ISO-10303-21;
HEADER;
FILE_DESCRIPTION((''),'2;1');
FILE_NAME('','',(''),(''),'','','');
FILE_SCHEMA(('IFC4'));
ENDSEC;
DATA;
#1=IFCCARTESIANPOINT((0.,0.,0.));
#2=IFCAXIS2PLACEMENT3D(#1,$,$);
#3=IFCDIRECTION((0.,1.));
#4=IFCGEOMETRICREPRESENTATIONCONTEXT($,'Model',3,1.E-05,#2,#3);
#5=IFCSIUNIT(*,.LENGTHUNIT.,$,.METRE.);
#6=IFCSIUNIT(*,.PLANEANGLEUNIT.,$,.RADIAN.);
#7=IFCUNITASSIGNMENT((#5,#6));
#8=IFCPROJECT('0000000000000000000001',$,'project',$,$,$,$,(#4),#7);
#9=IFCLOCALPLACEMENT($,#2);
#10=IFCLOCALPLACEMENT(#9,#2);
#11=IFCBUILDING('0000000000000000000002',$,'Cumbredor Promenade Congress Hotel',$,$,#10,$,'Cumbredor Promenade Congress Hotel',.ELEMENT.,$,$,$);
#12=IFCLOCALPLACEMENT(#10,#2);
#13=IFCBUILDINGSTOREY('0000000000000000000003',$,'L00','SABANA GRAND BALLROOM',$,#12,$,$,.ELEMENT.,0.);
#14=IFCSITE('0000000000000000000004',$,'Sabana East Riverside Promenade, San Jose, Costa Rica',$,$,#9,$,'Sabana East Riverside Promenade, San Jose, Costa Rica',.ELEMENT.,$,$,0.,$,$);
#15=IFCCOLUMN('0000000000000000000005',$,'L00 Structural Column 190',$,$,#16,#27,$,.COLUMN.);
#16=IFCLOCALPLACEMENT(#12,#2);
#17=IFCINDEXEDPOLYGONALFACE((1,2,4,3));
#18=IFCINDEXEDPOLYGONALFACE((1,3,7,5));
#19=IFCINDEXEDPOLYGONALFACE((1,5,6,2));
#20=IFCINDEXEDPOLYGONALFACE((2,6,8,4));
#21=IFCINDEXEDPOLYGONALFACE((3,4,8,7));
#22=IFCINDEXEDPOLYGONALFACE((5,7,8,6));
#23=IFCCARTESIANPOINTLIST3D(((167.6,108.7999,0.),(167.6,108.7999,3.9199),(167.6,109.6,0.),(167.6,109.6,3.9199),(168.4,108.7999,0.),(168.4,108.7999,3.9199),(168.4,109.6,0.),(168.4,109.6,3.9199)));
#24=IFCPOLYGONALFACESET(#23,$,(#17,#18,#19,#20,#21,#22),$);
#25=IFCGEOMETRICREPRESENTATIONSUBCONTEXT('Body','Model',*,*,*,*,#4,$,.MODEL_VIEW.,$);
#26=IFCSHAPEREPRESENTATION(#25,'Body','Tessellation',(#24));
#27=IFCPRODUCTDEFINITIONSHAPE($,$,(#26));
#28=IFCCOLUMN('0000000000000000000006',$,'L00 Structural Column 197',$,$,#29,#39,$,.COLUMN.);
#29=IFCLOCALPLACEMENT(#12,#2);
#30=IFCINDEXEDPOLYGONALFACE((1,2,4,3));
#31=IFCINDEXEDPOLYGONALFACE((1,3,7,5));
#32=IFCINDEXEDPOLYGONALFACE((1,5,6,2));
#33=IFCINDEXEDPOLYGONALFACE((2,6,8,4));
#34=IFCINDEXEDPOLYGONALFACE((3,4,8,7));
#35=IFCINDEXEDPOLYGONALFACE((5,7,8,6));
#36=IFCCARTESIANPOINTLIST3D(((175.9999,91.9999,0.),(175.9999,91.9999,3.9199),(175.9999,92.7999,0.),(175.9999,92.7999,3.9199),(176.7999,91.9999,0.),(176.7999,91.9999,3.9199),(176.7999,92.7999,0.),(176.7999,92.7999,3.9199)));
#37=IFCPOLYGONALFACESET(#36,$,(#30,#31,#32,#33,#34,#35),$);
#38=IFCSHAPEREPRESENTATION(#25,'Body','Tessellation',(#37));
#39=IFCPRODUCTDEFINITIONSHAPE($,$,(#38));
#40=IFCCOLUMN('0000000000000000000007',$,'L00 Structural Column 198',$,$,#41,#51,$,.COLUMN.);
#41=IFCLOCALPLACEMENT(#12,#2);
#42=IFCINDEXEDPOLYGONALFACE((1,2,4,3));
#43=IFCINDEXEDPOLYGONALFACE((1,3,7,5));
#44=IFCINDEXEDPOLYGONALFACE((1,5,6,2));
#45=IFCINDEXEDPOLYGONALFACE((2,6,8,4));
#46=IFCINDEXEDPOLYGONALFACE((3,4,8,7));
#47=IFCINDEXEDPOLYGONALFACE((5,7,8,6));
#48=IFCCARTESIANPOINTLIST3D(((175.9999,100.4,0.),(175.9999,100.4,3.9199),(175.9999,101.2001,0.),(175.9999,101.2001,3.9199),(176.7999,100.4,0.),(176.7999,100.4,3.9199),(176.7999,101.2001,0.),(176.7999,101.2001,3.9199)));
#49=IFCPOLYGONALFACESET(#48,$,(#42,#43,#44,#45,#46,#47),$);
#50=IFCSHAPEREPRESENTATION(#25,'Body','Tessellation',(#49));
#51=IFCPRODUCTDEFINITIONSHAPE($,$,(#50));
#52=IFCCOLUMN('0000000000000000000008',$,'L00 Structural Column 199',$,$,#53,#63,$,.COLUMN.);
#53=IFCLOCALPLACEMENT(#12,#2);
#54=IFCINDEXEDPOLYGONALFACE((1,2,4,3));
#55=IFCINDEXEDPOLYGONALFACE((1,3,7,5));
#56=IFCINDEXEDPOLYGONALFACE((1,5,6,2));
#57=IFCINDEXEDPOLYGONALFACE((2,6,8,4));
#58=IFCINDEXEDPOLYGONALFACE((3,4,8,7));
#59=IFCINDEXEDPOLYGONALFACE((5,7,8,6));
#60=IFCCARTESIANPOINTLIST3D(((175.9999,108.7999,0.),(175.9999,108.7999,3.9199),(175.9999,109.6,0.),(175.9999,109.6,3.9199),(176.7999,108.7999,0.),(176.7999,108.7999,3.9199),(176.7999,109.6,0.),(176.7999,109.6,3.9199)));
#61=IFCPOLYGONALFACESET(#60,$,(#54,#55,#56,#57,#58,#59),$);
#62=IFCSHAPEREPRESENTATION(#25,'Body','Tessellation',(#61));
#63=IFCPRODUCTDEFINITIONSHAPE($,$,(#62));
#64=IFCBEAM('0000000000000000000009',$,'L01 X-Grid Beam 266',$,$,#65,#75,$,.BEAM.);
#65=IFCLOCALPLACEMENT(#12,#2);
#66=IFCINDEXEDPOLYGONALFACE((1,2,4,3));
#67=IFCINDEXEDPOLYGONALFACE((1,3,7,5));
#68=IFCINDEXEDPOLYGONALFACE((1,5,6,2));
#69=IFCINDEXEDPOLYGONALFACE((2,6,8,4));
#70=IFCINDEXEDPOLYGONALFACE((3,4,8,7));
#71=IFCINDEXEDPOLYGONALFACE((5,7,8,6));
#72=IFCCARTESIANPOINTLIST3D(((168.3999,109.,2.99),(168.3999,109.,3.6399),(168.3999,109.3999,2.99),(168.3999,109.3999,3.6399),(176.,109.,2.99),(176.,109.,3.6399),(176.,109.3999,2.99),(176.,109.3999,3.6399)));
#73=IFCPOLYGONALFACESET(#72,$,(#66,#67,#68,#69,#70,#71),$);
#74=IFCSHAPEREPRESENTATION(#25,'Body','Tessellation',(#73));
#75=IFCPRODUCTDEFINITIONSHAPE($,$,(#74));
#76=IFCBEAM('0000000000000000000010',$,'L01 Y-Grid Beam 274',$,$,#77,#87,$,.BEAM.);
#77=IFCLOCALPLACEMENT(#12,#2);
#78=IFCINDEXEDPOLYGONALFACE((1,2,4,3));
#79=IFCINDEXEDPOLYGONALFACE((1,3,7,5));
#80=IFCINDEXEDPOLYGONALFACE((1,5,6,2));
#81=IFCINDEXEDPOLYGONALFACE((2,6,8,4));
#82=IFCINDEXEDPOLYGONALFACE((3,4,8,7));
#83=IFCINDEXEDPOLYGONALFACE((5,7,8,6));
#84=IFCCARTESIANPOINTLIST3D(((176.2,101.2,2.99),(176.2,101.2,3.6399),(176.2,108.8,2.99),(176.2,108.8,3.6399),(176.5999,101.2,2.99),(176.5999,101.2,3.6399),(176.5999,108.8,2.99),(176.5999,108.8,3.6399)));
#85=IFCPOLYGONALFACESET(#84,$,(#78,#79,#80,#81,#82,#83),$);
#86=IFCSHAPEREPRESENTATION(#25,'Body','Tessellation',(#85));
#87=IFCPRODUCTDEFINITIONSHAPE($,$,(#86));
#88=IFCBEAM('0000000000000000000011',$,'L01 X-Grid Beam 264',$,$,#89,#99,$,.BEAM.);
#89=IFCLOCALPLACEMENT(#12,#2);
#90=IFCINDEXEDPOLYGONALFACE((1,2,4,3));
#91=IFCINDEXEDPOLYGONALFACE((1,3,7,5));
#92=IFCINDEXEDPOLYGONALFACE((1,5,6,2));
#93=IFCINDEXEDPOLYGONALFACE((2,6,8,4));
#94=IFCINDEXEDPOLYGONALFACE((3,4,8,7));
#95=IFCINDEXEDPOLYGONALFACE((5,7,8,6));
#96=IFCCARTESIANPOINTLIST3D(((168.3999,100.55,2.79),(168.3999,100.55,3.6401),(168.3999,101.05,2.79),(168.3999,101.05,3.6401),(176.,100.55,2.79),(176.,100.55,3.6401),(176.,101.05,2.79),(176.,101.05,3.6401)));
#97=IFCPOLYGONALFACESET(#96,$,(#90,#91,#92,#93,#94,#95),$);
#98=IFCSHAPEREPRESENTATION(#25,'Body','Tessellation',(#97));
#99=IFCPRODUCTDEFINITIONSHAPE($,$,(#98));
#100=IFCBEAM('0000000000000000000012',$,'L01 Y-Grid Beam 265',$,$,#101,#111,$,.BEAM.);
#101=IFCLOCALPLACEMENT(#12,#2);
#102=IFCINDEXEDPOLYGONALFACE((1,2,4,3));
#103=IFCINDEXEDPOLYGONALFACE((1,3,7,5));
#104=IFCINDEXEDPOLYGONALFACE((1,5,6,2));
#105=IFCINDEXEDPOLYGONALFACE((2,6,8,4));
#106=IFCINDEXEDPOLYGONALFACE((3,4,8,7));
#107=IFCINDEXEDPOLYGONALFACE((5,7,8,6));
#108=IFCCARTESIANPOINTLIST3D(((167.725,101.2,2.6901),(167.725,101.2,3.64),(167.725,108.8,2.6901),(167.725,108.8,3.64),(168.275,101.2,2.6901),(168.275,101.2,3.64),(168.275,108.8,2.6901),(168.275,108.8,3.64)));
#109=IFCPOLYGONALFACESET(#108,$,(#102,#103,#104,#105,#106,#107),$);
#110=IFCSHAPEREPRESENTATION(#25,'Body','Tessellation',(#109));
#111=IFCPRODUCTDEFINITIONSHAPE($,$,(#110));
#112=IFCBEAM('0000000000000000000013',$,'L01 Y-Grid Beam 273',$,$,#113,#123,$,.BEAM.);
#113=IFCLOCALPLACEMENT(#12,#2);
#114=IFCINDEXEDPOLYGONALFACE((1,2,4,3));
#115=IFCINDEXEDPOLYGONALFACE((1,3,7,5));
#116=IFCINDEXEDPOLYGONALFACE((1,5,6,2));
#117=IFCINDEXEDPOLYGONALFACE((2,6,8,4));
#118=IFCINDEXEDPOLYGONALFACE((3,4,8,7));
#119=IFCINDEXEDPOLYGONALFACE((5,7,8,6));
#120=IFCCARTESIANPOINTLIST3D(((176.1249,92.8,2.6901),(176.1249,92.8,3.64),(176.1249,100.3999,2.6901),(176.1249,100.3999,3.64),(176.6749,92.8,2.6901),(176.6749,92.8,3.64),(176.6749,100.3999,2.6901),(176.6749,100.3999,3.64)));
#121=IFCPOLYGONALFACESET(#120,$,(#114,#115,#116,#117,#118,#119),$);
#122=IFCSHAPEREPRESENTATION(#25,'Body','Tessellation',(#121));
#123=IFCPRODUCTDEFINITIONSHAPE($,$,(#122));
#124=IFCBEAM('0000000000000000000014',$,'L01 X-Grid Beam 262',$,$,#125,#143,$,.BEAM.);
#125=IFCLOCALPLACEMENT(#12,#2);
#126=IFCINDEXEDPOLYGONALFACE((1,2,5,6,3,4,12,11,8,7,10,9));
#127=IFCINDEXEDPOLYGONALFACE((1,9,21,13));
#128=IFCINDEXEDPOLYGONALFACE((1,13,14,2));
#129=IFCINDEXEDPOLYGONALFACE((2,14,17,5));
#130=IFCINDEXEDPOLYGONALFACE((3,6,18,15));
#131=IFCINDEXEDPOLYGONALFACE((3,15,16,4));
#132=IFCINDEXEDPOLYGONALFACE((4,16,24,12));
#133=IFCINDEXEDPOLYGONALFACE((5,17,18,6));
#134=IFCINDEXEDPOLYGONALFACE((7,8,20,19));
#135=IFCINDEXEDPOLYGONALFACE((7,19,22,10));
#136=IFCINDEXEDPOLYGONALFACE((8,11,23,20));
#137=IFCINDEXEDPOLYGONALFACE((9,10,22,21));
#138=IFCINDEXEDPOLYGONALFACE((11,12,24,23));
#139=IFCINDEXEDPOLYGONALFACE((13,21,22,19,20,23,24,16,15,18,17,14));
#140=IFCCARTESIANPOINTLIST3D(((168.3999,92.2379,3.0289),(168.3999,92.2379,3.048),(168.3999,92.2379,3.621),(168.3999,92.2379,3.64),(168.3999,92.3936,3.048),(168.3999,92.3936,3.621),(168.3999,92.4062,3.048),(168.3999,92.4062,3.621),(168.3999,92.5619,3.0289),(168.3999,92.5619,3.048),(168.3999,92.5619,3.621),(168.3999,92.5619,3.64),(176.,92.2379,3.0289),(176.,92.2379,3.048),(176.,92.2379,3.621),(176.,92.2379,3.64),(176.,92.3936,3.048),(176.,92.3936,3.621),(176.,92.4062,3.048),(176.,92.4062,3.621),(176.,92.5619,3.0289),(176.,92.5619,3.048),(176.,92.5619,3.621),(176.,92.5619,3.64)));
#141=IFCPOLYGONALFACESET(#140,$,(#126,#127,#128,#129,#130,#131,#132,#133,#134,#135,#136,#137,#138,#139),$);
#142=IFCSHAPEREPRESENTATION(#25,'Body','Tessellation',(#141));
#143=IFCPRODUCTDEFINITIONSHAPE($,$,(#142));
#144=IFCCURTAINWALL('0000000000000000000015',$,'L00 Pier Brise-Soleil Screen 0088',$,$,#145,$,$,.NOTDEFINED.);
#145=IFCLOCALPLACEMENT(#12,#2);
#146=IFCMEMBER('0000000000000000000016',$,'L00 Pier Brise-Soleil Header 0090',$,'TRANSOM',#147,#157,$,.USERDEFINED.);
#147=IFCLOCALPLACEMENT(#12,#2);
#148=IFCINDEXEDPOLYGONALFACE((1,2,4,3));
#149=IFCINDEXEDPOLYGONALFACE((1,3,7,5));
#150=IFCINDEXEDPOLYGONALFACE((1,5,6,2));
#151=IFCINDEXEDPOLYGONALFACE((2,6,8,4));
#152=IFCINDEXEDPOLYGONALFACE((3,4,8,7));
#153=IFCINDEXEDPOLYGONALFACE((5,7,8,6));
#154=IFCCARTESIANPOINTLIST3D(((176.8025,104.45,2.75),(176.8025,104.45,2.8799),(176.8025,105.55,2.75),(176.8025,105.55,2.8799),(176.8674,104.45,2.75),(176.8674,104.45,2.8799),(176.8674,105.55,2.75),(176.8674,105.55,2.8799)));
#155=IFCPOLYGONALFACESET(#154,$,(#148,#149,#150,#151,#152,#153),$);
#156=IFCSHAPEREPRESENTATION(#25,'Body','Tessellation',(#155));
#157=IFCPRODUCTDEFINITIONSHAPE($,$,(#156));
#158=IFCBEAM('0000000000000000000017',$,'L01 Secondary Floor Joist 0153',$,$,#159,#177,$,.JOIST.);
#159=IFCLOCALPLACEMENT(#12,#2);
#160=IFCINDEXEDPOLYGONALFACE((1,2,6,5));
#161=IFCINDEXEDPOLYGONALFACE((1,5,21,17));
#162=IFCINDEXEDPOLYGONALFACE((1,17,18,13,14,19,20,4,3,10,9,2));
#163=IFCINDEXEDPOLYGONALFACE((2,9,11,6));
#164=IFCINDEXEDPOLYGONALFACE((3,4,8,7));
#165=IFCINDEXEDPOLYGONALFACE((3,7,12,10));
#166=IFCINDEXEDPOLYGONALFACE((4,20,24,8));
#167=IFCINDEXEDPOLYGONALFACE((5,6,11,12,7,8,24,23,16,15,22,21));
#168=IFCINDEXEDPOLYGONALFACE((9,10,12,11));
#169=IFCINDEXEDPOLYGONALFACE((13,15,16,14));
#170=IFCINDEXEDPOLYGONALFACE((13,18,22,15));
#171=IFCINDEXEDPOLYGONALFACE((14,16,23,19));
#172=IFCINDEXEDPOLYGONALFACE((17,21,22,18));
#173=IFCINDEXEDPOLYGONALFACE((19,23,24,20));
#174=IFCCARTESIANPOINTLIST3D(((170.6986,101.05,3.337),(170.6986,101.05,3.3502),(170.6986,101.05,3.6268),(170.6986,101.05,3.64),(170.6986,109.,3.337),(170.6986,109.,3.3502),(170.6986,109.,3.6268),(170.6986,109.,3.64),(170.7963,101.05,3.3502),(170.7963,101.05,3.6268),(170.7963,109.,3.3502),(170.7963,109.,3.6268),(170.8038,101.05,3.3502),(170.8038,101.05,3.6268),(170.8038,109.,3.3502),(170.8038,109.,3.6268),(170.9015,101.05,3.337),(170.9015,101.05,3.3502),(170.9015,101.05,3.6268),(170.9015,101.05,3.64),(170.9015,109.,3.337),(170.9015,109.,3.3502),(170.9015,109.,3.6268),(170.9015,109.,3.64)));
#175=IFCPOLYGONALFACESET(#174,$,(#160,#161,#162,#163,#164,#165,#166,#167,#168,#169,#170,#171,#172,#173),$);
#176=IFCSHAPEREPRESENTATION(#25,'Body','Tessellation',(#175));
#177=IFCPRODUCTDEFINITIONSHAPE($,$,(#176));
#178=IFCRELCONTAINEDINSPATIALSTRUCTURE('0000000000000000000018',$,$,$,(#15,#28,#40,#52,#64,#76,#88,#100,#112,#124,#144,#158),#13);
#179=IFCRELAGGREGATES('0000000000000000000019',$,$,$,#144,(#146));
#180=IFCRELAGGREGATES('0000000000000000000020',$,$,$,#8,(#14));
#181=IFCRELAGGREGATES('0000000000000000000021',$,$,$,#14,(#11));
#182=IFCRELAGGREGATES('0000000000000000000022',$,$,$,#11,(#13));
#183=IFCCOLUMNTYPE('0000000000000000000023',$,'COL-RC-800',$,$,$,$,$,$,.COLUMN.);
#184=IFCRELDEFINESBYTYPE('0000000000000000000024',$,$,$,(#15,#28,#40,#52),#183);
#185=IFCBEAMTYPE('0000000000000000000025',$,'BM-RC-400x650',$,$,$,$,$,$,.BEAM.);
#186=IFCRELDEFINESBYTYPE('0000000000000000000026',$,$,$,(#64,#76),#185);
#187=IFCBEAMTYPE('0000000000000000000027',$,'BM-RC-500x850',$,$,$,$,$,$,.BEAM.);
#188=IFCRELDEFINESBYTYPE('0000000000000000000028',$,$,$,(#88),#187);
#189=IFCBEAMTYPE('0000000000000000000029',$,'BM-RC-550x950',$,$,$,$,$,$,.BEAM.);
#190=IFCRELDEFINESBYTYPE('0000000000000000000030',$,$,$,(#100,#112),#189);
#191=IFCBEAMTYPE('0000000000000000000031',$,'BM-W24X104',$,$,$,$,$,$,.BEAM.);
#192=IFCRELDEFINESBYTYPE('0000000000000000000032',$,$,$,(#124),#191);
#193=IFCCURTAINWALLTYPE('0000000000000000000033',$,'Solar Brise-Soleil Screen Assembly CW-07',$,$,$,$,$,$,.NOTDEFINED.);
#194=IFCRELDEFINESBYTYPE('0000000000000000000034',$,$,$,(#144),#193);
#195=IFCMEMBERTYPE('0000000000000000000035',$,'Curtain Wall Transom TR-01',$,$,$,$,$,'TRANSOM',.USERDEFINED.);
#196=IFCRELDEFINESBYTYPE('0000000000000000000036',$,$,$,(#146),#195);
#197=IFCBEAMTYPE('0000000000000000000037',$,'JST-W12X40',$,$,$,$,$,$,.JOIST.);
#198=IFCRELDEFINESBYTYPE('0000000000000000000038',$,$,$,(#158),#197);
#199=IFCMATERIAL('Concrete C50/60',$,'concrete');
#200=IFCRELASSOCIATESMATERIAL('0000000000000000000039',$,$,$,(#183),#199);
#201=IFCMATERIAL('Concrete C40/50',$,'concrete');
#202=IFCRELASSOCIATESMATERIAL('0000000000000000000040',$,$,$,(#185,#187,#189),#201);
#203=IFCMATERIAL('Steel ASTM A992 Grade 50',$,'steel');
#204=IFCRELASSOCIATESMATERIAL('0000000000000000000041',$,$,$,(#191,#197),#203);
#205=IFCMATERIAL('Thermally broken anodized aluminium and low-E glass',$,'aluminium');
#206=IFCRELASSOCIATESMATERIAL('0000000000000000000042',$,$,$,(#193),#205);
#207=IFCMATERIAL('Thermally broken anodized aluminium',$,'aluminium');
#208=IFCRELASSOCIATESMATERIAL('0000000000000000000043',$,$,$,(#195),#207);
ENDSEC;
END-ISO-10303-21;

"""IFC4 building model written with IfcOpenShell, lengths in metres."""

from ifc_helpers import new_model, si_unit, direction, frame, origin, origin_2d, place, context, subcontext, project, spatial, rectangle, i_section, extrude, material, material_profile, profile_set, type_object, element, aggregate, save


model = new_model("IFC4")

# Units and contexts
model_context = context("Model", 3, precision=1e-05, world=origin(), true_north=direction((0.0, 1.0)))
body_context = subcontext(model_context, "Body", "Model", "MODEL_VIEW")
ifc_project = project(units=[si_unit("LENGTHUNIT", "METRE"), si_unit("PLANEANGLEUNIT", "RADIAN")], contexts=[model_context])

# Site, building, storey
site_placement = place(None, origin())
site = spatial("IfcSite", under=ifc_project, at=site_placement, Name="Sabana East Riverside Promenade, San Jose, Costa Rica", LongName="Sabana East Riverside Promenade, San Jose, Costa Rica", CompositionType="ELEMENT", RefElevation=0.0)
building_placement = place(site_placement, origin())
building = spatial("IfcBuilding", under=site, at=building_placement, Name="Cumbredor Promenade Congress Hotel", LongName="Cumbredor Promenade Congress Hotel", CompositionType="ELEMENT")
storey_placement = place(building_placement, origin())
storey = spatial("IfcBuildingStorey", under=building, at=storey_placement, Name="L00", Description="SABANA GRAND BALLROOM", CompositionType="ELEMENT", Elevation=0.0)

# Columns
ifc_material_1 = material(Name="Concrete C50/60", Category="concrete")
ifc_material_profile_1 = material_profile(ifc_material_1, rectangle(XDim=0.8, YDim=0.8, at=origin_2d()), Name="RC 800x800")
ifc_profile_set_1 = profile_set([ifc_material_profile_1], Name="Concrete C50/60")
column_type = type_object("IfcColumnType", Name="COL-RC-800", PredefinedType="COLUMN", material=ifc_profile_set_1)
for number, where, z_axis, x_axis, name in (
    (1, (168.0, 109.2, 0.0), (0.0, 0.0, 1.0), (1.0, 0.0, 0.0), "L00 Structural Column 190"),
    (2, (176.3999, 92.3999, 0.0), (0.0, 0.0, 1.0), (1.0, 0.0, 0.0), "L00 Structural Column 197"),
    (3, (176.3999, 100.8, 0.0), (0.0, 0.0, 1.0), (1.0, 0.0, 0.0), "L00 Structural Column 198"),
    (4, (176.3999, 109.2, 0.0), (0.0, 0.0, 1.0), (1.0, 0.0, 0.0), "L00 Structural Column 199"),
):
    element("IfcColumn", number, at=place(storey_placement, frame(where, z_axis=z_axis, x_axis=x_axis)), inside=storey, type_object=column_type, Name=name, PredefinedType="COLUMN", context=body_context, shape_type="SweptSolid", body=[
        extrude(rectangle(XDim=0.8, YDim=0.8, at=origin_2d()), origin(), (0.0, 0.0, 1.0), 3.9199),
    ])

# Beams
ifc_material_2 = material(Name="Concrete C40/50", Category="concrete")
ifc_material_profile_2 = material_profile(ifc_material_2, rectangle(XDim=0.3999, YDim=0.6499, at=origin_2d()), Name="RC BEAM 400x650")
ifc_profile_set_2 = profile_set([ifc_material_profile_2], Name="Concrete C40/50")
beam_type_1 = type_object("IfcBeamType", Name="BM-RC-400x650", PredefinedType="BEAM", material=ifc_profile_set_2)
for number, where, z_axis, x_axis, name in (
    (5, (168.3999, 109.2, 3.3149), (1.0, 0.0, 0.0), (0.0, 1.0, 0.0), "L01 X-Grid Beam 266"),
    (6, (176.3999, 101.2, 3.3149), (0.0, 1.0, 0.0), (-1.0, 0.0, 0.0), "L01 Y-Grid Beam 274"),
):
    element("IfcBeam", number, at=place(storey_placement, frame(where, z_axis=z_axis, x_axis=x_axis)), inside=storey, type_object=beam_type_1, Name=name, PredefinedType="BEAM", context=body_context, shape_type="SweptSolid", body=[
        extrude(rectangle(XDim=0.3999, YDim=0.6499, at=origin_2d()), origin(), (0.0, 0.0, 1.0), 7.6001),
    ])
ifc_material_profile_3 = material_profile(ifc_material_2, rectangle(XDim=0.5, YDim=0.8501, at=origin_2d()), Name="RC BEAM 500x850")
ifc_profile_set_3 = profile_set([ifc_material_profile_3], Name="Concrete C40/50")
beam_type_2 = type_object("IfcBeamType", Name="BM-RC-500x850", PredefinedType="BEAM", material=ifc_profile_set_3)
beam_1_placement = place(storey_placement, frame((168.3999, 100.8, 3.2151), z_axis=(1.0, 0.0, 0.0), x_axis=(0.0, 1.0, 0.0)))
element("IfcBeam", 7, at=beam_1_placement, inside=storey, type_object=beam_type_2, Name="L01 X-Grid Beam 264", PredefinedType="BEAM", context=body_context, shape_type="SweptSolid", body=[
    extrude(rectangle(XDim=0.5, YDim=0.8501, at=origin_2d()), origin(), (0.0, 0.0, 1.0), 7.6001),
])
ifc_material_profile_4 = material_profile(ifc_material_2, rectangle(XDim=0.55, YDim=0.95, at=origin_2d()), Name="RC BEAM 550x950")
ifc_profile_set_4 = profile_set([ifc_material_profile_4], Name="Concrete C40/50")
beam_type_3 = type_object("IfcBeamType", Name="BM-RC-550x950", PredefinedType="BEAM", material=ifc_profile_set_4)
beam_2_placement = place(storey_placement, frame((168.0, 101.2, 3.165), z_axis=(0.0, 1.0, 0.0), x_axis=(-1.0, 0.0, 0.0)))
element("IfcBeam", 8, at=beam_2_placement, inside=storey, type_object=beam_type_3, Name="L01 Y-Grid Beam 265", PredefinedType="BEAM", context=body_context, shape_type="SweptSolid", body=[
    extrude(rectangle(XDim=0.55, YDim=0.95, at=origin_2d()), origin(), (0.0, 0.0, 1.0), 7.6001),
])
beam_3_placement = place(storey_placement, frame((176.3999, 92.8, 3.165), z_axis=(0.0, 1.0, 0.0), x_axis=(-1.0, 0.0, 0.0)))
element("IfcBeam", 9, at=beam_3_placement, inside=storey, type_object=beam_type_3, Name="L01 Y-Grid Beam 273", PredefinedType="BEAM", context=body_context, shape_type="SweptSolid", body=[
    extrude(rectangle(XDim=0.55, YDim=0.95, at=origin_2d()), origin(), (0.0, 0.0, 1.0), 7.5999),
])
ifc_material_3 = material(Name="Steel ASTM A992 Grade 50", Category="steel")
ifc_material_profile_5 = material_profile(ifc_material_3, i_section(OverallWidth=0.324, OverallDepth=0.6111, WebThickness=0.0127, FlangeThickness=0.019, at=origin_2d()), Name="W24X104")
ifc_profile_set_5 = profile_set([ifc_material_profile_5], Name="Steel ASTM A992 Grade 50")
beam_type_4 = type_object("IfcBeamType", Name="BM-W24X104", PredefinedType="BEAM", material=ifc_profile_set_5)
beam_4_placement = place(storey_placement, frame((168.3999, 92.3999, 3.3345), z_axis=(1.0, 0.0, 0.0), x_axis=(0.0, 1.0, 0.0)))
element("IfcBeam", 10, at=beam_4_placement, inside=storey, type_object=beam_type_4, Name="L01 X-Grid Beam 262", PredefinedType="BEAM", context=body_context, shape_type="SweptSolid", body=[
    extrude(i_section(OverallWidth=0.324, OverallDepth=0.6111, WebThickness=0.0127, FlangeThickness=0.019, at=origin_2d()), origin(), (0.0, 0.0, 1.0), 7.6001),
])

# Curtain wall, member
ifc_material_4 = material(Name="Thermally broken anodized aluminium and low-E glass", Category="aluminium")
curtain_wall_type = type_object("IfcCurtainWallType", Name="Solar Brise-Soleil Screen Assembly CW-07", PredefinedType="NOTDEFINED", material=ifc_material_4)
curtain_wall_1_placement = place(storey_placement, origin())
curtain_wall_1 = element("IfcCurtainWall", 11, at=curtain_wall_1_placement, inside=storey, type_object=curtain_wall_type, Name="L00 Pier Brise-Soleil Screen 0088", PredefinedType="NOTDEFINED")
ifc_material_5 = material(Name="Thermally broken anodized aluminium", Category="aluminium")
ifc_material_profile_6 = material_profile(ifc_material_5, rectangle(XDim=0.0649, YDim=0.1299, at=origin_2d()), Name="ALU TRANSOM 65x130")
ifc_profile_set_6 = profile_set([ifc_material_profile_6], Name="Thermally broken anodized aluminium")
member_type_1 = type_object("IfcMemberType", Name="Curtain Wall Transom TR-01", ElementType="TRANSOM", PredefinedType="USERDEFINED", material=ifc_profile_set_6)
member_1_placement = place(storey_placement, frame((176.835, 104.45, 2.8149), z_axis=(0.0, 1.0, 0.0), x_axis=(-1.0, 0.0, 0.0)))
member_1 = element("IfcMember", 12, at=member_1_placement, type_object=member_type_1, Name="L00 Pier Brise-Soleil Header 0090", ObjectType="TRANSOM", PredefinedType="USERDEFINED", context=body_context, shape_type="SweptSolid", body=[
    extrude(rectangle(XDim=0.0649, YDim=0.1299, at=origin_2d()), origin(), (0.0, 0.0, 1.0), 1.1001),
])

# Beam
ifc_material_profile_7 = material_profile(ifc_material_3, i_section(OverallWidth=0.2029, OverallDepth=0.303, WebThickness=0.0076, FlangeThickness=0.0132, at=origin_2d()), Name="W12X40")
ifc_profile_set_7 = profile_set([ifc_material_profile_7], Name="Steel ASTM A992 Grade 50")
beam_type_5 = type_object("IfcBeamType", Name="JST-W12X40", PredefinedType="JOIST", material=ifc_profile_set_7)
for number, where, z_axis, x_axis, name in (
    (13, (170.8, 101.05, 3.4885), (0.0, 1.0, 0.0), (-1.0, 0.0, 0.0), "L01 Secondary Floor Joist 0153"),
):
    element("IfcBeam", number, at=place(storey_placement, frame(where, z_axis=z_axis, x_axis=x_axis)), inside=storey, type_object=beam_type_5, Name=name, PredefinedType="JOIST", context=body_context, shape_type="SweptSolid", body=[
        extrude(i_section(OverallWidth=0.2029, OverallDepth=0.303, WebThickness=0.0076, FlangeThickness=0.0132, at=origin_2d()), origin(), (0.0, 0.0, 1.0), 7.95),
    ])

aggregate(curtain_wall_1, [member_1])

save(model, "model.ifc")
